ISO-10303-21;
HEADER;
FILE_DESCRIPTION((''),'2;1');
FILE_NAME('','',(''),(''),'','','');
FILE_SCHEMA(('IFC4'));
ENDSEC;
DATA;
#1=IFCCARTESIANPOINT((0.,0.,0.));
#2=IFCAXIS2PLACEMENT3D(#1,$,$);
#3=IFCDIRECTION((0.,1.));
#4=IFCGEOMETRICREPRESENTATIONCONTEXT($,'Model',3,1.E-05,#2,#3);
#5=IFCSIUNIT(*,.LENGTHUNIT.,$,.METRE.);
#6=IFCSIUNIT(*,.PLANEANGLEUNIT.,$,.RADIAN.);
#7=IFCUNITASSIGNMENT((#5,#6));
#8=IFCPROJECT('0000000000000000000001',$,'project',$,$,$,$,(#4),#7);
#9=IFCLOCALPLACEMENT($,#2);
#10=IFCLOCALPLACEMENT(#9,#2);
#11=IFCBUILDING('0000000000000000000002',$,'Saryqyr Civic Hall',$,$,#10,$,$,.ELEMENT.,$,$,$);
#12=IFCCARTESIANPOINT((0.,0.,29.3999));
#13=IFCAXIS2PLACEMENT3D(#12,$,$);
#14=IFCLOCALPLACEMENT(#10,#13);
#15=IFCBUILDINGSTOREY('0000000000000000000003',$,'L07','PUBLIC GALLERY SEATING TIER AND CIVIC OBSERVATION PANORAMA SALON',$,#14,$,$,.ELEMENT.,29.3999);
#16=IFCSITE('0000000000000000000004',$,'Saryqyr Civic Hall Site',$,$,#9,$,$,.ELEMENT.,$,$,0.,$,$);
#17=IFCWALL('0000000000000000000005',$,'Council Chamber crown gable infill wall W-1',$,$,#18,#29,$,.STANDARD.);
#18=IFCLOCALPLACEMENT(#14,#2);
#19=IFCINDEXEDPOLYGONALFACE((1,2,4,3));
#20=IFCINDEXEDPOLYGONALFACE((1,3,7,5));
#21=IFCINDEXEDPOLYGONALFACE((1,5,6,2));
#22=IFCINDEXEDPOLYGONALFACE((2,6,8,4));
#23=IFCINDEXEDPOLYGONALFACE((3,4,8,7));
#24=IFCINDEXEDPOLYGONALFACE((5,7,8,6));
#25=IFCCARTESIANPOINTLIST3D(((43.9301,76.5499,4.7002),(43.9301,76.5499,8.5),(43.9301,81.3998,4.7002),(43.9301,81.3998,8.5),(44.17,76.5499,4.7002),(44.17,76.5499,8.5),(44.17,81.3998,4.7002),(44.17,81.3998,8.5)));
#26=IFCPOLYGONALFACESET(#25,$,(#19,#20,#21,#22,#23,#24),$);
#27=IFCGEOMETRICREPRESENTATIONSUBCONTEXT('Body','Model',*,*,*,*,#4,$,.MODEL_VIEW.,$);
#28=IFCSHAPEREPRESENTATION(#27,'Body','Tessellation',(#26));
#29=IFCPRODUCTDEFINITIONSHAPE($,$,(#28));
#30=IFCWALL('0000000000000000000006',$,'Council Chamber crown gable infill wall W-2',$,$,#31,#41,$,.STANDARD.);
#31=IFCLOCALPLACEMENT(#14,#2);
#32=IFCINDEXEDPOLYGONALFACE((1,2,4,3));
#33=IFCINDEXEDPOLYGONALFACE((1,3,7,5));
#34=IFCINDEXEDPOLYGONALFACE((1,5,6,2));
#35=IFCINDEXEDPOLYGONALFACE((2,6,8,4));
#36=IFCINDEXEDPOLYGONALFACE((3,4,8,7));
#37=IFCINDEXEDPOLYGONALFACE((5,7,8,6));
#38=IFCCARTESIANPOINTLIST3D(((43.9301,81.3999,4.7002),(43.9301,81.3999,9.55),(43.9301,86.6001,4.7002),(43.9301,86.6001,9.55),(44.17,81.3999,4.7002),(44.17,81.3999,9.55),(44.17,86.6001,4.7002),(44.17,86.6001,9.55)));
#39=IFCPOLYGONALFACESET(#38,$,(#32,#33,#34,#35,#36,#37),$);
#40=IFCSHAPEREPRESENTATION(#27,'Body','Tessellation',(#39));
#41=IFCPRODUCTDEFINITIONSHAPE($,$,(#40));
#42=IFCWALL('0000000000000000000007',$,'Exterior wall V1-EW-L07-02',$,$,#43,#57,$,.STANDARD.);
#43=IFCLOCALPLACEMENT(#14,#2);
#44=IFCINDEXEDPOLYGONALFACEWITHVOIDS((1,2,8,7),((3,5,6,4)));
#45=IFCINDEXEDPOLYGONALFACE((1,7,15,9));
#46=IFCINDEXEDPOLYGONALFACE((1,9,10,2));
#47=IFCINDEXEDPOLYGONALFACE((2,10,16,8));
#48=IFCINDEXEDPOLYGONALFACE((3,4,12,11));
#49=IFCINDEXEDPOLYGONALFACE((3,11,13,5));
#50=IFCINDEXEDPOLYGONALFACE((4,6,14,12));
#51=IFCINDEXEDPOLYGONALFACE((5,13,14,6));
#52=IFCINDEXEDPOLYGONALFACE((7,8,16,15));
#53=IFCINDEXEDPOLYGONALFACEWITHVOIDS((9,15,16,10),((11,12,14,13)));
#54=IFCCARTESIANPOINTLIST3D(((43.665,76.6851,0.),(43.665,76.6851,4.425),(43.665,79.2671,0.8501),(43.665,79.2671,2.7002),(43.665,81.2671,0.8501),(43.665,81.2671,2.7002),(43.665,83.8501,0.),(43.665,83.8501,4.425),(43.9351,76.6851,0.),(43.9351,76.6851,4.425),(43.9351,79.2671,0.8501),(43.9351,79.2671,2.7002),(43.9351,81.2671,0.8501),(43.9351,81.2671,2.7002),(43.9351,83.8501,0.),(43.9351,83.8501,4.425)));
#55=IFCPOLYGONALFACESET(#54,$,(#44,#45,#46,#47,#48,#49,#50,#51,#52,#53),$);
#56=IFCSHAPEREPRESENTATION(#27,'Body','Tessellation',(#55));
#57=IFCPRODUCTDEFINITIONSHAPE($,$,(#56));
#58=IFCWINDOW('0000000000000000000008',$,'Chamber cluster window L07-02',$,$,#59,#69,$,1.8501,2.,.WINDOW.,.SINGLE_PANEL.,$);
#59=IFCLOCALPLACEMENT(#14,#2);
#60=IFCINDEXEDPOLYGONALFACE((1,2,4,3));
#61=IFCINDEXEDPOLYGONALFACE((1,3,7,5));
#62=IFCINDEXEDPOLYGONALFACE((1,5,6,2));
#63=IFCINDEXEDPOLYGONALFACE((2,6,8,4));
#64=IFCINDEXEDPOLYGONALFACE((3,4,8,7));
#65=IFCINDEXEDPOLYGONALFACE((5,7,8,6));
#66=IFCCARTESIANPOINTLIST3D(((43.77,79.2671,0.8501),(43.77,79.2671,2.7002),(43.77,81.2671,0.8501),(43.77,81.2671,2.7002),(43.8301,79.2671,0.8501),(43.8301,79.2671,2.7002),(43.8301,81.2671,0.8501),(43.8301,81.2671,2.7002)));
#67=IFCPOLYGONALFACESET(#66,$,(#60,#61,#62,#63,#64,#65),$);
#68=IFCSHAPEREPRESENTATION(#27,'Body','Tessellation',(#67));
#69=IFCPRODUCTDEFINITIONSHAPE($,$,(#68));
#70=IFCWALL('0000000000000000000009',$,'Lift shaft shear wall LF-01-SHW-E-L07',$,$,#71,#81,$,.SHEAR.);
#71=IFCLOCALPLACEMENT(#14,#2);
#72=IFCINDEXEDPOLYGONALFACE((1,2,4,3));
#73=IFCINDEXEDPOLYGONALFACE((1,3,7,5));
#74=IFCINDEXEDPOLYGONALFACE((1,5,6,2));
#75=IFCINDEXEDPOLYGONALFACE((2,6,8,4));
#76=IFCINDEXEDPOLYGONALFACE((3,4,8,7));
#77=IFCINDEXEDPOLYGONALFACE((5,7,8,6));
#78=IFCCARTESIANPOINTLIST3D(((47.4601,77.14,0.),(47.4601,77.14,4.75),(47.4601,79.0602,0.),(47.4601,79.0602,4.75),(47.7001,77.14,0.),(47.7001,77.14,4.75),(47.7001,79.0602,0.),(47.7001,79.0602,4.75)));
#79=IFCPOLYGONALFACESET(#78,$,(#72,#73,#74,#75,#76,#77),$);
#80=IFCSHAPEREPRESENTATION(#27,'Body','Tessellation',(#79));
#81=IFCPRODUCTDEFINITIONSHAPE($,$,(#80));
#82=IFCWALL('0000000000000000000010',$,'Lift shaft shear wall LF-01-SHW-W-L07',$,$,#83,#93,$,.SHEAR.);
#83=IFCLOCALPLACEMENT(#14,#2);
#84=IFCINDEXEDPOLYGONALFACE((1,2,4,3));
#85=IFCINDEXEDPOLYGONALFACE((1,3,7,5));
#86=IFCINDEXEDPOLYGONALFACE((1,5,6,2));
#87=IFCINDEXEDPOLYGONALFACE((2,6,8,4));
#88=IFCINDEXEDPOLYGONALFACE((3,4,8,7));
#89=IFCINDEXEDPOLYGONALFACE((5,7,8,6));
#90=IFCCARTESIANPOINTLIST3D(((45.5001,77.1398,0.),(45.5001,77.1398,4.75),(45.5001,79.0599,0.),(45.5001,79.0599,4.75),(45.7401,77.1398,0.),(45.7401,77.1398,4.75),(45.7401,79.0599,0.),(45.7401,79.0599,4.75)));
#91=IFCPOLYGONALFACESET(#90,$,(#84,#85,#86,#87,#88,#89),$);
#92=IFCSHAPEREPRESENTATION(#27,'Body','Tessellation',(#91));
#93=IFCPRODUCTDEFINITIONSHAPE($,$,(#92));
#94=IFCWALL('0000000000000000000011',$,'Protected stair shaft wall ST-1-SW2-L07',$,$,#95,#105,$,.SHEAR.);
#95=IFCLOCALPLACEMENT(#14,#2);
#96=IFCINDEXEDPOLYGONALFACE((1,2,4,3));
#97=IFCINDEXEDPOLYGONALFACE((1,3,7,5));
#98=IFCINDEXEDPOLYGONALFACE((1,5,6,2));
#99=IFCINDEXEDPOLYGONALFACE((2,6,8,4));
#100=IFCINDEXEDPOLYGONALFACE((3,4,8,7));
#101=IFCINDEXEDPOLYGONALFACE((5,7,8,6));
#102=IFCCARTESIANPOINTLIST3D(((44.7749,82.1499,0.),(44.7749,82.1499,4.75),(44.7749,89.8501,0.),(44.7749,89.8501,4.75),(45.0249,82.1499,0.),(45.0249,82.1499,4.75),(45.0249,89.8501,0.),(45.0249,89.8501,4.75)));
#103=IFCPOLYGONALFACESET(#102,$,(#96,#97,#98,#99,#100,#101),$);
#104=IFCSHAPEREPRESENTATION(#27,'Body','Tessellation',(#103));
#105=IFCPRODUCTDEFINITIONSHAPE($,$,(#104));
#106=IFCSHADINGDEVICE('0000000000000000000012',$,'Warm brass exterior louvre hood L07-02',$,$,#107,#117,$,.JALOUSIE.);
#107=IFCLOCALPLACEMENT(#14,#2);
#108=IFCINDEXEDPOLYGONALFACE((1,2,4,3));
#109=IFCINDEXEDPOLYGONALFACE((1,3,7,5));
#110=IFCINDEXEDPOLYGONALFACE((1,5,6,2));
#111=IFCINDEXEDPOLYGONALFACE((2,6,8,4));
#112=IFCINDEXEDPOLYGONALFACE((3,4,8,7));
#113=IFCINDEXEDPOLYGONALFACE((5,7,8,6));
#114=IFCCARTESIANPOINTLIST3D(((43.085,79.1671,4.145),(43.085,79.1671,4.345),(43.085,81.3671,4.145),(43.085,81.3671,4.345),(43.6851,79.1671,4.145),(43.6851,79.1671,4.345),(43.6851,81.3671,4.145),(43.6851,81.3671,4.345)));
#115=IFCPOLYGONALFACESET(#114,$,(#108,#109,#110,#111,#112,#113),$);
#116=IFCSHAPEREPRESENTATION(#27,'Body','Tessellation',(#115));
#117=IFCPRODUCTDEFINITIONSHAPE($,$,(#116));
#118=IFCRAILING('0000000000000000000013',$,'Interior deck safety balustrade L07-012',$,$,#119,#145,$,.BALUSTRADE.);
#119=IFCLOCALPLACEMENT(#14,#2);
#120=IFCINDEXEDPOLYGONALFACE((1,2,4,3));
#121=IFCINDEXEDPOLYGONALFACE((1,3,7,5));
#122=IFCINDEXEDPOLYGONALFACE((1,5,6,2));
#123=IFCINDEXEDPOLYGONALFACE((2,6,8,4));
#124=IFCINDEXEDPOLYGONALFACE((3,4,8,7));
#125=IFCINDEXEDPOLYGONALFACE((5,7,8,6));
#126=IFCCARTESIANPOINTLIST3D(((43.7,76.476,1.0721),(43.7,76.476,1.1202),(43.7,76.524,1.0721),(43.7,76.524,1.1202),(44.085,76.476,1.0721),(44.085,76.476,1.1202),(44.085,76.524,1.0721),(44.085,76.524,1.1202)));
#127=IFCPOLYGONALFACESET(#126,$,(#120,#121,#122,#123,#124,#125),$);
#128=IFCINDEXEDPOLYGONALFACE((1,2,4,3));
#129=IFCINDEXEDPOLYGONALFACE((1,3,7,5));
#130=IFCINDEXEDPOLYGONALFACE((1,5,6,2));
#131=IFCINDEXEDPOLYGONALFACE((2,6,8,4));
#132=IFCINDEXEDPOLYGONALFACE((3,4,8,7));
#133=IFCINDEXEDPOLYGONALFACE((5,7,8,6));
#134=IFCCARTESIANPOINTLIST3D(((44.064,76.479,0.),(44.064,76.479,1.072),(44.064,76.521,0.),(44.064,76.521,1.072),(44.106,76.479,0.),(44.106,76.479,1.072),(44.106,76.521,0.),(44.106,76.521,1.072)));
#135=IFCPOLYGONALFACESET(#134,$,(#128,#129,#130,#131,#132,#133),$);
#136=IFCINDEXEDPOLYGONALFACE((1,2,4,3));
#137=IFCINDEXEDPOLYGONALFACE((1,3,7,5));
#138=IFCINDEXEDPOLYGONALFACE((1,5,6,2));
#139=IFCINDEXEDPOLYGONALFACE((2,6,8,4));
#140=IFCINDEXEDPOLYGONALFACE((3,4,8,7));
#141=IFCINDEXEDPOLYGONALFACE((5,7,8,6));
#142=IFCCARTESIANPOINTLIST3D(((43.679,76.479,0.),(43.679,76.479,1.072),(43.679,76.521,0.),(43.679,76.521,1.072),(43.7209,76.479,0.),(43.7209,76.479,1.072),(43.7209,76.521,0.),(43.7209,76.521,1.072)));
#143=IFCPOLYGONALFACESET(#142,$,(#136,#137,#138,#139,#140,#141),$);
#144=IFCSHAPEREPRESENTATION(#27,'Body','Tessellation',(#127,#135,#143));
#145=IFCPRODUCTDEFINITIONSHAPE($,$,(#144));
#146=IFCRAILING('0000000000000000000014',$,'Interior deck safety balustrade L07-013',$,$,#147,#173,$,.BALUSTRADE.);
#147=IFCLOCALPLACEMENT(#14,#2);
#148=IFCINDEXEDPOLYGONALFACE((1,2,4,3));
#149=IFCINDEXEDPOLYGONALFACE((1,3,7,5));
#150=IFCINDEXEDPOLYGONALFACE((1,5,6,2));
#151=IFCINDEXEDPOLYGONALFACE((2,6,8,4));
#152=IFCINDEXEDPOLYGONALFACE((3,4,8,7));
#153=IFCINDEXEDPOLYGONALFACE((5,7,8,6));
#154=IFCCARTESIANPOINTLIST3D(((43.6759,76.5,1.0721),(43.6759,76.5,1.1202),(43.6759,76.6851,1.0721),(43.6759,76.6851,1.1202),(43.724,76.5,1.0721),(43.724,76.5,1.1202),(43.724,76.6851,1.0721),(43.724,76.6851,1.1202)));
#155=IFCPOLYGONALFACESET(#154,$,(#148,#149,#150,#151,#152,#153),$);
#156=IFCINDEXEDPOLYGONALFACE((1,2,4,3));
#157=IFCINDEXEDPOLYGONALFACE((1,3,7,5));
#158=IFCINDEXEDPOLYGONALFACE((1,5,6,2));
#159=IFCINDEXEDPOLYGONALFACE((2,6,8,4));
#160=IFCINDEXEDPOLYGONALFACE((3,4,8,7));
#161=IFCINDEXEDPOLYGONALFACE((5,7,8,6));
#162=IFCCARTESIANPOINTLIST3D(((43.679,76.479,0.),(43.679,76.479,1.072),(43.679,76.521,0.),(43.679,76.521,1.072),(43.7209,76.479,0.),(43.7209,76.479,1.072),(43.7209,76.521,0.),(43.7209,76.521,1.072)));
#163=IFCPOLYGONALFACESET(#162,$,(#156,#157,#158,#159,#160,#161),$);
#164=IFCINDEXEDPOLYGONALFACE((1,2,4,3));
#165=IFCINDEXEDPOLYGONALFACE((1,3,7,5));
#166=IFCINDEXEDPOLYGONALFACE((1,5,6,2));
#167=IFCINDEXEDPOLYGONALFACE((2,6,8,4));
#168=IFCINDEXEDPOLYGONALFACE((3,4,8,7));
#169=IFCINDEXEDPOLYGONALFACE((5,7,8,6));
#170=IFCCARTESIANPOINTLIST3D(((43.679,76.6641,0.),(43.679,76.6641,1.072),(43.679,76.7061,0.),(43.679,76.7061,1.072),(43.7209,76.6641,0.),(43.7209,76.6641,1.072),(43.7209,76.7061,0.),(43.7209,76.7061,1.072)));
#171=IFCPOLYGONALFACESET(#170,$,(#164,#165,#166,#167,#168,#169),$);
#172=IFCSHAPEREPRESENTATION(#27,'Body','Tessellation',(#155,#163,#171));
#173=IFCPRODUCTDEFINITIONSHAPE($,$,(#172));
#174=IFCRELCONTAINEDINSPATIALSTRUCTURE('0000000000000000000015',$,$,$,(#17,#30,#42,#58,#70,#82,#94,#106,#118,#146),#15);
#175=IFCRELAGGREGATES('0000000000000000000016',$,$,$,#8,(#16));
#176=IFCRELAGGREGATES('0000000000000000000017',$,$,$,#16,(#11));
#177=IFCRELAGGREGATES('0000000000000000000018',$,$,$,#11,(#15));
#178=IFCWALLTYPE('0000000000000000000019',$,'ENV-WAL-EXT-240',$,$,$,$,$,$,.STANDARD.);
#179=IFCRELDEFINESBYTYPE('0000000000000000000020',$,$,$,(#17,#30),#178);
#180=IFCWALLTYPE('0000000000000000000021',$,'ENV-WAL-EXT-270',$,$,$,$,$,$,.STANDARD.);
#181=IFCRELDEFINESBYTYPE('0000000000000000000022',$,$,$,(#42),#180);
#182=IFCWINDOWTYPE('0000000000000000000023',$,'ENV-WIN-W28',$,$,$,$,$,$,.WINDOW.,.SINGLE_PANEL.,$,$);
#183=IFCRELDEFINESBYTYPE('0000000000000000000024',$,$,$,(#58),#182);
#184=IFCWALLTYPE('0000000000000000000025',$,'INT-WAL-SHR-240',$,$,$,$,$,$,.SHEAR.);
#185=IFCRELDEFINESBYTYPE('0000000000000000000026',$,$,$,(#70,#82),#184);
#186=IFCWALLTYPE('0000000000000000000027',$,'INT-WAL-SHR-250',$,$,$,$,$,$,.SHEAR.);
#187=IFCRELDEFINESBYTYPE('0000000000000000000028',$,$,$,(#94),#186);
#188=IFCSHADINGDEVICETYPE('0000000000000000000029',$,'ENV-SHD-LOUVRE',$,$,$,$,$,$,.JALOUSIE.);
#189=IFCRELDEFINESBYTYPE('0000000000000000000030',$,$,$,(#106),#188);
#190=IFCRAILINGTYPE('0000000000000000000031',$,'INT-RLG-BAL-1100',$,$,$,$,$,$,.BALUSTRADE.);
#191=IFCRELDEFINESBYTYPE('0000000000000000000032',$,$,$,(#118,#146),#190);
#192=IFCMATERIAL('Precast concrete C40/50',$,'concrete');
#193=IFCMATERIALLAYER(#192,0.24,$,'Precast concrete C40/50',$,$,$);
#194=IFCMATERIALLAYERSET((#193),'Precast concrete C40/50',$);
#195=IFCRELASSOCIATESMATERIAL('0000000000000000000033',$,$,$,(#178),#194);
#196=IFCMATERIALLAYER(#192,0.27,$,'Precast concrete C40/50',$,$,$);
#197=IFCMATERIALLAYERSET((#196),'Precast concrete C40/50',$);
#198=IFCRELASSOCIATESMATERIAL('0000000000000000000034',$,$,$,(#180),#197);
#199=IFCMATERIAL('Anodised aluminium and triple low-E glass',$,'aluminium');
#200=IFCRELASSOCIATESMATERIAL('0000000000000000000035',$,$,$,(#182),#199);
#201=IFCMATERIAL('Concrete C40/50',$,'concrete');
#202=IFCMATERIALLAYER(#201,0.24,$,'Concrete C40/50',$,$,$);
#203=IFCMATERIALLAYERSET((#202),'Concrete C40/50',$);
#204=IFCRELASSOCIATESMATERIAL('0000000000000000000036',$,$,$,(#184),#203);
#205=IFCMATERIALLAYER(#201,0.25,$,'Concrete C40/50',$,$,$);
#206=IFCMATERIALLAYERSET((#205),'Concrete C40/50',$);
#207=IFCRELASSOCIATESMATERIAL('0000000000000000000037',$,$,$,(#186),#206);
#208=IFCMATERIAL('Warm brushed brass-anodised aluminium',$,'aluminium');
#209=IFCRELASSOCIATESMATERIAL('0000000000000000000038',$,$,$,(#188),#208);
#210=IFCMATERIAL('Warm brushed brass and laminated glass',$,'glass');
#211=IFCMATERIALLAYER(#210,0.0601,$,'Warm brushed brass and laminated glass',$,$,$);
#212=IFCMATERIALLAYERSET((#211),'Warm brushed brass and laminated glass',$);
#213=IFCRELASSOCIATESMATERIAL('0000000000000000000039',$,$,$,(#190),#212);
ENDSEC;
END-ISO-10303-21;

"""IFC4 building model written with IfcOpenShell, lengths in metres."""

from ifc_helpers import new_model, si_unit, direction, frame, frame_2d, origin, origin_2d, place, context, subcontext, project, spatial, rectangle, extrude, material, layer, layer_set, type_object, element, fill, save


model = new_model("IFC4")

# Units and contexts
model_context = context("Model", 3, precision=1e-05, world=origin(), true_north=direction((0.0, 1.0)))
body_context = subcontext(model_context, "Body", "Model", "MODEL_VIEW")
ifc_project = project(units=[si_unit("LENGTHUNIT", "METRE"), si_unit("PLANEANGLEUNIT", "RADIAN")], contexts=[model_context])

# Site, building, storey
site_placement = place(None, origin())
site = spatial("IfcSite", under=ifc_project, at=site_placement, Name="Saryqyr Civic Hall Site", CompositionType="ELEMENT", RefElevation=0.0)
building_placement = place(site_placement, origin())
building = spatial("IfcBuilding", under=site, at=building_placement, Name="Saryqyr Civic Hall", CompositionType="ELEMENT")
storey_placement = place(building_placement, frame((0.0, 0.0, 29.3999)))
storey = spatial("IfcBuildingStorey", under=building, at=storey_placement, Name="L07", Description="PUBLIC GALLERY SEATING TIER AND CIVIC OBSERVATION PANORAMA SALON", CompositionType="ELEMENT", Elevation=29.3999)

# Shared definitions
ifc_material_1 = material(Name="Concrete C40/50", Category="concrete")

# Shared definitions
ifc_material_2 = material(Name="Warm brushed brass-anodised aluminium", Category="aluminium")

# Shared definitions
ifc_material_3 = material(Name="Precast concrete C40/50", Category="concrete")

# Walls
ifc_layer_1 = layer(ifc_material_3, 0.24, Name="Precast concrete C40/50")
ifc_layer_set_1 = layer_set([ifc_layer_1], Name="Precast concrete C40/50")
wall_type_1 = type_object("IfcWallType", Name="ENV-WAL-EXT-240", PredefinedType="STANDARD", material=ifc_layer_set_1)
wall_1_placement = place(storey_placement, frame((44.05, 76.55, 4.7002), z_axis=(0.0, 0.0, 1.0), x_axis=(0.0, 1.0, 0.0)))
element("IfcWall", 1, at=wall_1_placement, inside=storey, type_object=wall_type_1, Name="Council Chamber crown gable infill wall W-1", PredefinedType="STANDARD", context=body_context, shape_type="SweptSolid", body=[
    extrude(rectangle(XDim=4.8499, YDim=0.24, at=frame_2d((2.4248, 0.0))), origin(), (0.0, 0.0, 1.0), 3.7998),
])
wall_2_placement = place(storey_placement, frame((44.05, 81.3999, 4.7002), z_axis=(0.0, 0.0, 1.0), x_axis=(0.0, 1.0, 0.0)))
element("IfcWall", 2, at=wall_2_placement, inside=storey, type_object=wall_type_1, Name="Council Chamber crown gable infill wall W-2", PredefinedType="STANDARD", context=body_context, shape_type="SweptSolid", body=[
    extrude(rectangle(XDim=5.2002, YDim=0.24, at=frame_2d((2.6001, 0.0))), origin(), (0.0, 0.0, 1.0), 4.8499),
])

# Wall, opening, window
ifc_layer_2 = layer(ifc_material_3, 0.27, Name="Precast concrete C40/50")
ifc_layer_set_2 = layer_set([ifc_layer_2], Name="Precast concrete C40/50")
wall_type_2 = type_object("IfcWallType", Name="ENV-WAL-EXT-270", PredefinedType="STANDARD", material=ifc_layer_set_2)
wall_3_placement = place(storey_placement, frame((43.8, 76.6851, 0.0), z_axis=(0.0, 0.0, 1.0), x_axis=(0.0, 1.0, 0.0)))
wall_3 = element("IfcWall", 3, at=wall_3_placement, inside=storey, type_object=wall_type_2, Name="Exterior wall V1-EW-L07-02", PredefinedType="STANDARD", context=body_context, shape_type="SweptSolid", body=[
    extrude(rectangle(XDim=7.165, YDim=0.27, at=frame_2d((3.5825, 0.0))), origin(), (0.0, 0.0, 1.0), 4.425),
])
opening_1_placement = place(wall_3_placement, frame((2.582, 0.0, 0.8501)))
opening_1 = element("IfcOpeningElement", 4, at=opening_1_placement, cuts=wall_3, PredefinedType="OPENING", context=body_context, shape_type="SweptSolid", body=[
    extrude(rectangle(XDim=2.0, YDim=1.8501, at=frame_2d((1.0, 0.925))), frame((0.0, 0.145, 0.0), z_axis=(0.0, -1.0, 0.0), x_axis=(1.0, 0.0, 0.0)), (0.0, 0.0, 1.0), 0.29),
])
ifc_material_4 = material(Name="Anodised aluminium and triple low-E glass", Category="aluminium")
window_type = type_object("IfcWindowType", Name="ENV-WIN-W28", PartitioningType="SINGLE_PANEL", PredefinedType="WINDOW", material=ifc_material_4)
window_placement = place(opening_1_placement, origin())
window = element("IfcWindow", 5, at=window_placement, inside=storey, type_object=window_type, Name="Chamber cluster window L07-02", OverallHeight=1.8501, OverallWidth=2.0, PartitioningType="SINGLE_PANEL", PredefinedType="WINDOW", context=body_context, shape_type="SweptSolid", body=[
    extrude(rectangle(XDim=2.0, YDim=1.8501, at=frame_2d((1.0, 0.925))), frame((0.0, 0.03, 0.0), z_axis=(0.0, -1.0, 0.0), x_axis=(1.0, 0.0, 0.0)), (0.0, 0.0, 1.0), 0.0601),
])
fill(opening_1, window)

# Wall
ifc_layer_3 = layer(ifc_material_1, 0.24, Name="Concrete C40/50")
ifc_layer_set_3 = layer_set([ifc_layer_3], Name="Concrete C40/50")
wall_type_3 = type_object("IfcWallType", Name="INT-WAL-SHR-240", PredefinedType="SHEAR", material=ifc_layer_set_3)
wall_4_placement = place(storey_placement, frame((47.5801, 79.0601, 0.0), z_axis=(0.0, 0.0, 1.0), x_axis=(0.0, -1.0, 0.0)))
element("IfcWall", 6, at=wall_4_placement, inside=storey, type_object=wall_type_3, Name="Lift shaft shear wall LF-01-SHW-E-L07", PredefinedType="SHEAR", context=body_context, shape_type="SweptSolid", body=[
    extrude(rectangle(XDim=1.9202, YDim=0.24, at=frame_2d((0.96, 0.0))), origin(), (0.0, 0.0, 1.0), 4.75),
])

# Walls
wall_5_placement = place(storey_placement, frame((45.6201, 77.1399, 0.0), z_axis=(0.0, 0.0, 1.0), x_axis=(0.0, 1.0, 0.0)))
element("IfcWall", 7, at=wall_5_placement, inside=storey, type_object=wall_type_3, Name="Lift shaft shear wall LF-01-SHW-W-L07", PredefinedType="SHEAR", context=body_context, shape_type="SweptSolid", body=[
    extrude(rectangle(XDim=1.9202, YDim=0.24, at=frame_2d((0.96, 0.0))), origin(), (0.0, 0.0, 1.0), 4.75),
])
ifc_layer_4 = layer(ifc_material_1, 0.25, Name="Concrete C40/50")
ifc_layer_set_4 = layer_set([ifc_layer_4], Name="Concrete C40/50")
wall_type_4 = type_object("IfcWallType", Name="INT-WAL-SHR-250", PredefinedType="SHEAR", material=ifc_layer_set_4)
wall_6_placement = place(storey_placement, frame((44.8999, 82.1499, 0.0), z_axis=(0.0, 0.0, 1.0), x_axis=(0.0, 1.0, 0.0)))
element("IfcWall", 8, at=wall_6_placement, inside=storey, type_object=wall_type_4, Name="Protected stair shaft wall ST-1-SW2-L07", PredefinedType="SHEAR", context=body_context, shape_type="SweptSolid", body=[
    extrude(rectangle(XDim=7.7002, YDim=0.25, at=frame_2d((3.8501, 0.0))), origin(), (0.0, 0.0, 1.0), 4.75),
])

# Shading device
shading_device_type = type_object("IfcShadingDeviceType", Name="ENV-SHD-LOUVRE", PredefinedType="JALOUSIE", material=ifc_material_2)
shading_device_placement = place(storey_placement, frame((43.385, 80.2671, 4.145), z_axis=(0.0, 0.0, 1.0), x_axis=(0.0, 1.0, 0.0)))
element("IfcShadingDevice", 9, at=shading_device_placement, inside=storey, type_object=shading_device_type, Name="Warm brass exterior louvre hood L07-02", PredefinedType="JALOUSIE", context=body_context, shape_type="SweptSolid", body=[
    extrude(rectangle(XDim=2.2, YDim=0.6001, at=origin_2d()), origin(), (0.0, 0.0, 1.0), 0.2),
])

# Railings
ifc_material_5 = material(Name="Warm brushed brass and laminated glass", Category="glass")
ifc_layer_5 = layer(ifc_material_5, 0.0601, Name="Warm brushed brass and laminated glass")
ifc_layer_set_5 = layer_set([ifc_layer_5], Name="Warm brushed brass and laminated glass")
railing_type = type_object("IfcRailingType", Name="INT-RLG-BAL-1100", PredefinedType="BALUSTRADE", material=ifc_layer_set_5)
railing_1_placement = place(storey_placement, frame((44.085, 76.5, 0.0)))
element("IfcRailing", 10, at=railing_1_placement, inside=storey, type_object=railing_type, Name="Interior deck safety balustrade L07-012", PredefinedType="BALUSTRADE", context=body_context, shape_type="SweptSolid", body=[
    extrude(rectangle(XDim=0.0481, YDim=0.0481, at=origin_2d()), frame((0.0, 0.0, 1.0962), z_axis=(-1.0, 0.0, 0.0), x_axis=(0.0, -1.0, 0.0)), (0.0, 0.0, 1.0), 0.385),
    extrude(rectangle(XDim=0.042, YDim=0.042, at=origin_2d()), origin(), (0.0, 0.0, 1.0), 1.072),
    extrude(rectangle(XDim=0.042, YDim=0.042, at=origin_2d()), frame((-0.385, 0.0, 0.0)), (0.0, 0.0, 1.0), 1.072),
])
railing_2_placement = place(storey_placement, frame((43.7, 76.5, 0.0)))
element("IfcRailing", 11, at=railing_2_placement, inside=storey, type_object=railing_type, Name="Interior deck safety balustrade L07-013", PredefinedType="BALUSTRADE", context=body_context, shape_type="SweptSolid", body=[
    extrude(rectangle(XDim=0.0481, YDim=0.0481, at=origin_2d()), frame((0.0, 0.0, 1.0962), z_axis=(0.0, 1.0, 0.0), x_axis=(-1.0, 0.0, 0.0)), (0.0, 0.0, 1.0), 0.1851),
    extrude(rectangle(XDim=0.042, YDim=0.042, at=origin_2d()), origin(), (0.0, 0.0, 1.0), 1.072),
    extrude(rectangle(XDim=0.042, YDim=0.042, at=origin_2d()), frame((0.0, 0.1851, 0.0)), (0.0, 0.0, 1.0), 1.072),
])

save(model, "model.ifc")
